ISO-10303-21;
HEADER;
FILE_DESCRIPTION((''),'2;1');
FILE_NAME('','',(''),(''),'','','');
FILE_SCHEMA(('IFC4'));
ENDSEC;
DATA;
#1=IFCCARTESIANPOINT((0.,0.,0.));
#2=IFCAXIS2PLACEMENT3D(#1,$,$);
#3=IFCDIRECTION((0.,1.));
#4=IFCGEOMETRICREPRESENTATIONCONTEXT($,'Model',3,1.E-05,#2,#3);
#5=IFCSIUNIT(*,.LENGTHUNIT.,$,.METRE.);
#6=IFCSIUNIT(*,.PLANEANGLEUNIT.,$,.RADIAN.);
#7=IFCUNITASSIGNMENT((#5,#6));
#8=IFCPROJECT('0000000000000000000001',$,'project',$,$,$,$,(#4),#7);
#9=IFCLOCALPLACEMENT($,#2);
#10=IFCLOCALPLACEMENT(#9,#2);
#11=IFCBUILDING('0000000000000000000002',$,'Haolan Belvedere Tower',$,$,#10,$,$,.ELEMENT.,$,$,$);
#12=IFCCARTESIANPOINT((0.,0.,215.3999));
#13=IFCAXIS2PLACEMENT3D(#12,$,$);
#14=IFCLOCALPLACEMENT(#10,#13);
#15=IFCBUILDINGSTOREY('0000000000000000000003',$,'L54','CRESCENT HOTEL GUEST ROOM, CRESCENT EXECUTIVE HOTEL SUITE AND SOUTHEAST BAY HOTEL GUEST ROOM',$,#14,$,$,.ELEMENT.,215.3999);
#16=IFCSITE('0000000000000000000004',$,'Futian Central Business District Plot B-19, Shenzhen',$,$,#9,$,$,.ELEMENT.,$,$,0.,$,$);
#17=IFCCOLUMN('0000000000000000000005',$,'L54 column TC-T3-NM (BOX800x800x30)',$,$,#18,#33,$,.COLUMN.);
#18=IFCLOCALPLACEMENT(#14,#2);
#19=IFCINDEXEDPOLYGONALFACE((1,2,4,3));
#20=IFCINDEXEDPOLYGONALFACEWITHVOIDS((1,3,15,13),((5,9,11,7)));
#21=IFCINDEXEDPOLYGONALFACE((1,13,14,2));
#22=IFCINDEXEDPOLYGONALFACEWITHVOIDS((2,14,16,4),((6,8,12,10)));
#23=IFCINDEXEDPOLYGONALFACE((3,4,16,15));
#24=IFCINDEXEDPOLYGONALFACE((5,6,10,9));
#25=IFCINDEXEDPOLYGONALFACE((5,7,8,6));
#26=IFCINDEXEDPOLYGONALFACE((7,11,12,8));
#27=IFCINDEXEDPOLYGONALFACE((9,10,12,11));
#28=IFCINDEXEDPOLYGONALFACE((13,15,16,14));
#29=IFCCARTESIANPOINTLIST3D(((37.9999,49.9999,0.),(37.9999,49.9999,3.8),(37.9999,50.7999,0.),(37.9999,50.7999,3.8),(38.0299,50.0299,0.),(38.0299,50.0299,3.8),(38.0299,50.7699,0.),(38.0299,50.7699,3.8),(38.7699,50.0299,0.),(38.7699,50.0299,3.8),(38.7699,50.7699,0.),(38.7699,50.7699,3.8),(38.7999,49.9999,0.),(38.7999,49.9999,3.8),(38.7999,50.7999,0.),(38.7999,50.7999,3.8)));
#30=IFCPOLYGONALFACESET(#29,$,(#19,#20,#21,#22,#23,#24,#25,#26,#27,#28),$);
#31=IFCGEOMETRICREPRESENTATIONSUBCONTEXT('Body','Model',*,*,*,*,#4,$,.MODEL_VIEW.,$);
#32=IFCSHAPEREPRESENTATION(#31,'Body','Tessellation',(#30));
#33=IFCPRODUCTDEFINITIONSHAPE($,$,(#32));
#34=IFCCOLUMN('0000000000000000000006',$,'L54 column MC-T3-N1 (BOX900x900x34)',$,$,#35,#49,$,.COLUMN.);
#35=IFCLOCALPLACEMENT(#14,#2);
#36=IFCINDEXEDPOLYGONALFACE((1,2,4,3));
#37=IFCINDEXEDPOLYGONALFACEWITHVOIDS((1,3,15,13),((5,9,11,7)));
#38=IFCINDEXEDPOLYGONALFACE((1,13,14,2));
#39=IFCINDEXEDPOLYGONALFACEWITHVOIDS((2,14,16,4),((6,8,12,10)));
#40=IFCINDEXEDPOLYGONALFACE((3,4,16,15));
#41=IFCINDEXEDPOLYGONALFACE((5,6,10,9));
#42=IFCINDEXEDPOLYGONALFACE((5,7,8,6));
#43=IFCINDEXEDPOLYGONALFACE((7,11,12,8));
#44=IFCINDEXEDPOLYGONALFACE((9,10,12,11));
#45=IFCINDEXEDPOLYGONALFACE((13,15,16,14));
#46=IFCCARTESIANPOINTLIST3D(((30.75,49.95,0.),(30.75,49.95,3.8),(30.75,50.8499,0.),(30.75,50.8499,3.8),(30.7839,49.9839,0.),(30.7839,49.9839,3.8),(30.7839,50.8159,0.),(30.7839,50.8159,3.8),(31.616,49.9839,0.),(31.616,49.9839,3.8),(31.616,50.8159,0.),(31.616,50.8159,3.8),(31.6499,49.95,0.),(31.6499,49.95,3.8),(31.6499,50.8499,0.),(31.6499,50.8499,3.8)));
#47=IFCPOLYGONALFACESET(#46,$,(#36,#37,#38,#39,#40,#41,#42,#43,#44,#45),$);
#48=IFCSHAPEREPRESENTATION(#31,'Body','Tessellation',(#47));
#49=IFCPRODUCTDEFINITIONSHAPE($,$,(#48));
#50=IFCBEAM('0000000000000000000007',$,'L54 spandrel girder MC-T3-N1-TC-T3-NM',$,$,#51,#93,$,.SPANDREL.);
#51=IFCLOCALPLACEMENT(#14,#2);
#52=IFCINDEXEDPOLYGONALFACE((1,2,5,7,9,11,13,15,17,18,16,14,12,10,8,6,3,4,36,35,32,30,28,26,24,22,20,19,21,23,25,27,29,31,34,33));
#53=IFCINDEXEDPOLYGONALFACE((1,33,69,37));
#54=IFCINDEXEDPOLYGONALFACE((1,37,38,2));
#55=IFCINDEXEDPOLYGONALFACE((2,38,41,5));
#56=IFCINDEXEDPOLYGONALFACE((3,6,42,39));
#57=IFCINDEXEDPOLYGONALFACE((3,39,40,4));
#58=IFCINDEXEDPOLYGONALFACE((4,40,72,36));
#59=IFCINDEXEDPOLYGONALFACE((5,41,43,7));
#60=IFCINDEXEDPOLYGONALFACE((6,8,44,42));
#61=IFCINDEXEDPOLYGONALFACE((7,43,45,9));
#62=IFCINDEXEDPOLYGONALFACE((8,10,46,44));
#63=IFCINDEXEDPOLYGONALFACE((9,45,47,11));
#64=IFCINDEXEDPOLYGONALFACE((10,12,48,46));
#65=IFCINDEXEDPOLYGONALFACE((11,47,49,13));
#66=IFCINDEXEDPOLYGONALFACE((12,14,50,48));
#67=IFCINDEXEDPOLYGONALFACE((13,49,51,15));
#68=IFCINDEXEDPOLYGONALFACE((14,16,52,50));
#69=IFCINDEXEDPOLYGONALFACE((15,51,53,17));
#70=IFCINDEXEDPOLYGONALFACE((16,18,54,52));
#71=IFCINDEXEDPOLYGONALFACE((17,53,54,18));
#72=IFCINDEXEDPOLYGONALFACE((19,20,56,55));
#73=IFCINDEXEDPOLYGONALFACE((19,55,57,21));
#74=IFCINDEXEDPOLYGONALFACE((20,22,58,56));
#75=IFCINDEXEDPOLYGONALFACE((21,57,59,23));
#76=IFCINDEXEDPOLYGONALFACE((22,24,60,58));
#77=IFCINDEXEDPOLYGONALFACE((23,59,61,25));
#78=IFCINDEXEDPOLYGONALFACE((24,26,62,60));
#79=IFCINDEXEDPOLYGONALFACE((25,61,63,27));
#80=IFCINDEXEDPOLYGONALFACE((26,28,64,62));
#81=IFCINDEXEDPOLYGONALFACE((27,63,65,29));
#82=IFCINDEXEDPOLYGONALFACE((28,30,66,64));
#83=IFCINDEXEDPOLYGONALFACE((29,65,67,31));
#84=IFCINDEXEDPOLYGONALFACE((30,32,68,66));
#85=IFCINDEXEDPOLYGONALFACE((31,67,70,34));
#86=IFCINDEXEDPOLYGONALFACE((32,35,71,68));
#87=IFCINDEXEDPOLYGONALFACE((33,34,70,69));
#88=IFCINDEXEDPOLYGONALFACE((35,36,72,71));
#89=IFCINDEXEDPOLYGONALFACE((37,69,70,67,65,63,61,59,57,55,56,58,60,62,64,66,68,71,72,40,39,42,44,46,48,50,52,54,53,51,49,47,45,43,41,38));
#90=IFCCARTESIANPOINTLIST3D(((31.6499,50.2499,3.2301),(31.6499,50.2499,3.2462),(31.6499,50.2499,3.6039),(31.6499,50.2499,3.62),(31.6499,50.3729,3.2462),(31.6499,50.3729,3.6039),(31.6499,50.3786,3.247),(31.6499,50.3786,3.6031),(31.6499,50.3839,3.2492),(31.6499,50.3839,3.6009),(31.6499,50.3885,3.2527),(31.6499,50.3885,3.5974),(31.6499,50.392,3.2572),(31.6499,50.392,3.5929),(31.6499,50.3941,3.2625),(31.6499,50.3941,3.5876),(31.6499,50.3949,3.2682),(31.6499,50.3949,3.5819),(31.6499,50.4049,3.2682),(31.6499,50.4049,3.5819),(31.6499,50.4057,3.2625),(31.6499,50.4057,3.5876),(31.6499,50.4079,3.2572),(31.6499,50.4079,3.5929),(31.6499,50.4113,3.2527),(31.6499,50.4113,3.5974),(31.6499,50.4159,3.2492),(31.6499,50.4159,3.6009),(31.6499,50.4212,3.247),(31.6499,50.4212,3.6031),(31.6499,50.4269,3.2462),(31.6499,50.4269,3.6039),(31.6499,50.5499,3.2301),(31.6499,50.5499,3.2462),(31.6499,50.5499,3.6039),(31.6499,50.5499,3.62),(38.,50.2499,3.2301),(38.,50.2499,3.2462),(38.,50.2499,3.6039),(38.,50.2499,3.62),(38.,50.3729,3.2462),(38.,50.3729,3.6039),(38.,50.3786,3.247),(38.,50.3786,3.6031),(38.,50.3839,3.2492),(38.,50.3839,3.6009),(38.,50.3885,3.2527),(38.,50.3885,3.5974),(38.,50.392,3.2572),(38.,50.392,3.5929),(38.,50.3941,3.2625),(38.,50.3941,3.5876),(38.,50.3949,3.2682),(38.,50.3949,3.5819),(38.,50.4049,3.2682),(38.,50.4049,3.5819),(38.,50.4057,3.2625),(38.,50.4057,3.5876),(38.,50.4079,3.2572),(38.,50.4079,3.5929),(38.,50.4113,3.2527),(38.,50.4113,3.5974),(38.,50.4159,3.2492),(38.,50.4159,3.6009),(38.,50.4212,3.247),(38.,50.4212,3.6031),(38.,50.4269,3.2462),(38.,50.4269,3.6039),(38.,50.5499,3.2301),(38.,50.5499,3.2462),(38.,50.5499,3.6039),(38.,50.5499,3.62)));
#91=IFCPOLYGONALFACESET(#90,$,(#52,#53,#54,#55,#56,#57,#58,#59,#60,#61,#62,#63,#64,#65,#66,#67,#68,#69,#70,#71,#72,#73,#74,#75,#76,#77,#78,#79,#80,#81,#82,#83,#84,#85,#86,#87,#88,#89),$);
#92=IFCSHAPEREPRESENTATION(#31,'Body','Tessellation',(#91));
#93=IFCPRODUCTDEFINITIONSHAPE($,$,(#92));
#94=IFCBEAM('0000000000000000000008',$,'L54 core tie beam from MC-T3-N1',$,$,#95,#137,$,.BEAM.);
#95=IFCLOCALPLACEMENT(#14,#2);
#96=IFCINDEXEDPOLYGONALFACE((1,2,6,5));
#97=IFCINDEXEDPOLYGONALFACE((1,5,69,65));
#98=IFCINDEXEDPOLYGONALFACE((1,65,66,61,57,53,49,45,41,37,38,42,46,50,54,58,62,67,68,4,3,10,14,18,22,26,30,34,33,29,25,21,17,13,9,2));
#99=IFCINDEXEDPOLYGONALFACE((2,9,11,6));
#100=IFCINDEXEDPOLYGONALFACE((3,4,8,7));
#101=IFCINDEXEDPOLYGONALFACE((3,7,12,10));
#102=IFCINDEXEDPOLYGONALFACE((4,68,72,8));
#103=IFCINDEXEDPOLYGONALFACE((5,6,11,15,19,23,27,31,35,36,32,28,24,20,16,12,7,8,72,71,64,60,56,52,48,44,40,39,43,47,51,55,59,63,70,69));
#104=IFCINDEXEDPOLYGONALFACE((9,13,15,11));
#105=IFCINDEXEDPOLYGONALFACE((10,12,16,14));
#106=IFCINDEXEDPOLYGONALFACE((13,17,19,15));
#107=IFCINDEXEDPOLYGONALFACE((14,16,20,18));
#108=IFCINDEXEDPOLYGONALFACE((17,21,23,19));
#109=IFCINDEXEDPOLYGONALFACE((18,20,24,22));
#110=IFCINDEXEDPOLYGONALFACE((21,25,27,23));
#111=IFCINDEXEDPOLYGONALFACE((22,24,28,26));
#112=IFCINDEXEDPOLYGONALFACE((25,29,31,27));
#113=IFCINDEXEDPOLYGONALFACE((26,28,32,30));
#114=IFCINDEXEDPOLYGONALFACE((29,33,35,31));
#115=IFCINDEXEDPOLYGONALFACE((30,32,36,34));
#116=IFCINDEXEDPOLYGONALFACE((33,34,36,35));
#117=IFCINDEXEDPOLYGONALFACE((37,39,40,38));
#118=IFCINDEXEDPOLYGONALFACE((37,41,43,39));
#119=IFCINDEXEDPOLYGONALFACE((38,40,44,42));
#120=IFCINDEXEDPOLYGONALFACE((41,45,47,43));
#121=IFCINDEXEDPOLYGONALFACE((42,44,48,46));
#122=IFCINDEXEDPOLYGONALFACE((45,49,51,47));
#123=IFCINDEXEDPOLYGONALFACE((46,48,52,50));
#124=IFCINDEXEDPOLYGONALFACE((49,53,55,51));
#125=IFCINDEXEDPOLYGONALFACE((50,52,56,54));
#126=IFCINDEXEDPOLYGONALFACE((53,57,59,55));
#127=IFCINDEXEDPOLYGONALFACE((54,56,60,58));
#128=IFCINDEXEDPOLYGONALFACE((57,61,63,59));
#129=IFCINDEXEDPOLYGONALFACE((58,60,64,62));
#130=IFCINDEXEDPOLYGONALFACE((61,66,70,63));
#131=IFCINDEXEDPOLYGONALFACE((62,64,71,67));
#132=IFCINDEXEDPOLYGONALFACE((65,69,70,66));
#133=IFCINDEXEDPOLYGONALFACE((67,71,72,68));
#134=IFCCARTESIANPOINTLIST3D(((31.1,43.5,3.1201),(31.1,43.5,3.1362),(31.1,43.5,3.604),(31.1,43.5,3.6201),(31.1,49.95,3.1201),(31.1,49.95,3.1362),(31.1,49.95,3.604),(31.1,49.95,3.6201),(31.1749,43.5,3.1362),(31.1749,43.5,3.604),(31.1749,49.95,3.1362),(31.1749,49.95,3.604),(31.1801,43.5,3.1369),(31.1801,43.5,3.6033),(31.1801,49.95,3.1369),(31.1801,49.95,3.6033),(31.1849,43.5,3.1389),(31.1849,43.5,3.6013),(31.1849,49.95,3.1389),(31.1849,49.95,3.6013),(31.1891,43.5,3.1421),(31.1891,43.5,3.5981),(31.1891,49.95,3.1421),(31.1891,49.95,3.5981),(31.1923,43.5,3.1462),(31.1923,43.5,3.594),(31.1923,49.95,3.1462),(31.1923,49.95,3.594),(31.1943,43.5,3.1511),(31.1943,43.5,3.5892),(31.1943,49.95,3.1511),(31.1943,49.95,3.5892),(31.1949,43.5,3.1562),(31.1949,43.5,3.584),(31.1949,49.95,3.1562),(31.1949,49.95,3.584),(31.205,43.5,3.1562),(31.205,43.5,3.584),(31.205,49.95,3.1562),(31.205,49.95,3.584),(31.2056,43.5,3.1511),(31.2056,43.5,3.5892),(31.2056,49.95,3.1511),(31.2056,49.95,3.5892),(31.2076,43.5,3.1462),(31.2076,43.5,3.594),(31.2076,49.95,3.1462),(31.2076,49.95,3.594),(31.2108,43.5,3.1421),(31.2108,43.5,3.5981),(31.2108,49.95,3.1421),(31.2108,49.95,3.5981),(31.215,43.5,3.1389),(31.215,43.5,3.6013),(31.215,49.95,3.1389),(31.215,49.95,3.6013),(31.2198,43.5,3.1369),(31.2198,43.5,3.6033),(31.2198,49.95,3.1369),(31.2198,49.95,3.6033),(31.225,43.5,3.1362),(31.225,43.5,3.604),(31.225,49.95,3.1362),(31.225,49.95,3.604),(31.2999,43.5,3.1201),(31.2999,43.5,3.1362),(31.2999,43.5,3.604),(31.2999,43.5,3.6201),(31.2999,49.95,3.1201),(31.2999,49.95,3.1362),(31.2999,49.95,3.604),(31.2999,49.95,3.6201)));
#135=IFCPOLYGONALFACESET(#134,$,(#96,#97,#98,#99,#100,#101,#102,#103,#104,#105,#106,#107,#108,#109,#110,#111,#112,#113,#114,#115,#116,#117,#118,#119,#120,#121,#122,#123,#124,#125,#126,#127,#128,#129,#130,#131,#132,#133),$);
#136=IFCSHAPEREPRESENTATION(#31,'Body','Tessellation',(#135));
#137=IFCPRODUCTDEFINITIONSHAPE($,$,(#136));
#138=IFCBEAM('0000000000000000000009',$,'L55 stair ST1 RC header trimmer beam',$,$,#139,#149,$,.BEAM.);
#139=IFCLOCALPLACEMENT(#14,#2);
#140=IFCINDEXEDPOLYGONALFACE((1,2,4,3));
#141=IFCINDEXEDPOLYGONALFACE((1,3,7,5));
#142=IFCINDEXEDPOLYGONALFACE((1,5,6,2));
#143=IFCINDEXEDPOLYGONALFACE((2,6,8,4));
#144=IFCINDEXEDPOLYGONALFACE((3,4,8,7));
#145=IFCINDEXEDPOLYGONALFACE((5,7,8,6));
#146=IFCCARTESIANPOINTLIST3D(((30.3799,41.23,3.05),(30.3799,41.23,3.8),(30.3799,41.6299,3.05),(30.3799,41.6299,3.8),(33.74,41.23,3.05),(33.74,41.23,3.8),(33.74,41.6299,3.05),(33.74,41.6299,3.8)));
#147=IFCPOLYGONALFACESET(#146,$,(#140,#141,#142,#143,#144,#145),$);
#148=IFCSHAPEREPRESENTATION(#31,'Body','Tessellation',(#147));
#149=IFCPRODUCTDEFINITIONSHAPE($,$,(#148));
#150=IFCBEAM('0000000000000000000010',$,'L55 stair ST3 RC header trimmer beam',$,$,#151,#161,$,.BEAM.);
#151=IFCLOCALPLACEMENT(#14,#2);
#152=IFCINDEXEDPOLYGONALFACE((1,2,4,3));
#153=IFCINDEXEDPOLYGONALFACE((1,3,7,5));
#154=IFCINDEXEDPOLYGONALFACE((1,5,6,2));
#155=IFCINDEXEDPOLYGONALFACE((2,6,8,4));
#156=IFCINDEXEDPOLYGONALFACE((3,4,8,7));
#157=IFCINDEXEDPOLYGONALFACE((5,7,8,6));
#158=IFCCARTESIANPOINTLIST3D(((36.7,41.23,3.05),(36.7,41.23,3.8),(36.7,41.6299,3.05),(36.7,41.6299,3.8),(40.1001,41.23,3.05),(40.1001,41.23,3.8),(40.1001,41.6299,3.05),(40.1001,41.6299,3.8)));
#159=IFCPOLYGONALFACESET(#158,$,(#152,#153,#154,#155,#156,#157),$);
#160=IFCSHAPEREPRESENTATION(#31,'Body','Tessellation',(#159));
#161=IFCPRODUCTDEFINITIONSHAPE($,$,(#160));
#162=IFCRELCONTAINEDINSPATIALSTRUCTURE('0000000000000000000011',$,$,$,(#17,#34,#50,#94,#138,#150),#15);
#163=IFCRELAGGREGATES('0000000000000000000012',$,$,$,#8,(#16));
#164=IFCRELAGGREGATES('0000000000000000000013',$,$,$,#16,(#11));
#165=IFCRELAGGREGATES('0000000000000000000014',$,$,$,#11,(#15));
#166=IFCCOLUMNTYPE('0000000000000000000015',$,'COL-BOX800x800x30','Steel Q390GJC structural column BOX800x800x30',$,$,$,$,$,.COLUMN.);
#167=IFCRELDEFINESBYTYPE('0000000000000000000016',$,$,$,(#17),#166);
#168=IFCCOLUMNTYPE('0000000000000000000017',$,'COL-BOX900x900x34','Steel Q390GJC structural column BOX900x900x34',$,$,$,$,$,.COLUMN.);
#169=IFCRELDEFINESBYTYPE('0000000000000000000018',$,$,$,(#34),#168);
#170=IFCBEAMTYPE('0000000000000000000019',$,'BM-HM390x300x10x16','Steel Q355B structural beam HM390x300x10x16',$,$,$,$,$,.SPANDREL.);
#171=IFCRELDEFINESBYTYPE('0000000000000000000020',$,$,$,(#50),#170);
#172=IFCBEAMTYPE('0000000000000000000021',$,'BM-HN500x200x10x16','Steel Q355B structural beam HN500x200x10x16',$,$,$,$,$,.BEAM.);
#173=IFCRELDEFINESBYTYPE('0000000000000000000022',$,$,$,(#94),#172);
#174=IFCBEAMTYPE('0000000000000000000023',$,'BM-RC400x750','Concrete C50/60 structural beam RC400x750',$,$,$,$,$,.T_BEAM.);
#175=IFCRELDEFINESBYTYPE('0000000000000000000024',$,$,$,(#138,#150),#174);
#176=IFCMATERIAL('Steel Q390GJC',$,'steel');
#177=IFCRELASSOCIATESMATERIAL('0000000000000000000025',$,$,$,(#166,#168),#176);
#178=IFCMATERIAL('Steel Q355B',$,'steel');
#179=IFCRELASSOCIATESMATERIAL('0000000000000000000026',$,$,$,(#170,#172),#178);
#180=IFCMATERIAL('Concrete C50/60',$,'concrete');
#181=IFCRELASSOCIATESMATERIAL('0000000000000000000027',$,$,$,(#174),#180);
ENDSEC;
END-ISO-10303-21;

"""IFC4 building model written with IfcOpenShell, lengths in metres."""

from ifc_helpers import new_model, si_unit, direction, frame, origin, origin_2d, place, context, subcontext, project, spatial, rectangle, hollow_rectangle, i_section, extrude, material, material_profile, profile_set, type_object, element, save


model = new_model("IFC4")

# Units and contexts
model_context = context("Model", 3, precision=1e-05, world=origin(), true_north=direction((0.0, 1.0)))
body_context = subcontext(model_context, "Body", "Model", "MODEL_VIEW")
ifc_project = project(units=[si_unit("LENGTHUNIT", "METRE"), si_unit("PLANEANGLEUNIT", "RADIAN")], contexts=[model_context])

# Site, building, storey
site_placement = place(None, origin())
site = spatial("IfcSite", under=ifc_project, at=site_placement, Name="Futian Central Business District Plot B-19, Shenzhen", CompositionType="ELEMENT", RefElevation=0.0)
building_placement = place(site_placement, origin())
building = spatial("IfcBuilding", under=site, at=building_placement, Name="Haolan Belvedere Tower", CompositionType="ELEMENT")
storey_placement = place(building_placement, frame((0.0, 0.0, 215.3999)))
storey = spatial("IfcBuildingStorey", under=building, at=storey_placement, Name="L54", Description="CRESCENT HOTEL GUEST ROOM, CRESCENT EXECUTIVE HOTEL SUITE AND SOUTHEAST BAY HOTEL GUEST ROOM", CompositionType="ELEMENT", Elevation=215.3999)

# Columns
ifc_material_1 = material(Name="Steel Q390GJC", Category="steel")
ifc_material_profile_1 = material_profile(ifc_material_1, hollow_rectangle(XDim=0.8, YDim=0.8, WallThickness=0.03, at=origin_2d()), Name="Steel Q390GJC")
ifc_profile_set_1 = profile_set([ifc_material_profile_1], Name="Steel Q390GJC")
column_type_1 = type_object("IfcColumnType", Name="COL-BOX800x800x30", Description="Steel Q390GJC structural column BOX800x800x30", PredefinedType="COLUMN", material=ifc_profile_set_1)
column_1_placement = place(storey_placement, frame((38.3999, 50.3999, 0.0), z_axis=(0.0, 0.0, 1.0), x_axis=(1.0, 0.0, 0.0)))
element("IfcColumn", 1, at=column_1_placement, inside=storey, type_object=column_type_1, Name="L54 column TC-T3-NM (BOX800x800x30)", PredefinedType="COLUMN", context=body_context, shape_type="SweptSolid", body=[
    extrude(hollow_rectangle(XDim=0.8, YDim=0.8, WallThickness=0.03, at=origin_2d()), origin(), (0.0, 0.0, 1.0), 3.8),
])
ifc_material_profile_2 = material_profile(ifc_material_1, hollow_rectangle(XDim=0.8999, YDim=0.8999, WallThickness=0.0339, at=origin_2d()), Name="Steel Q390GJC")
ifc_profile_set_2 = profile_set([ifc_material_profile_2], Name="Steel Q390GJC")
column_type_2 = type_object("IfcColumnType", Name="COL-BOX900x900x34", Description="Steel Q390GJC structural column BOX900x900x34", PredefinedType="COLUMN", material=ifc_profile_set_2)
column_2_placement = place(storey_placement, frame((31.2, 50.3999, 0.0), z_axis=(0.0, 0.0, 1.0), x_axis=(1.0, 0.0, 0.0)))
element("IfcColumn", 2, at=column_2_placement, inside=storey, type_object=column_type_2, Name="L54 column MC-T3-N1 (BOX900x900x34)", PredefinedType="COLUMN", context=body_context, shape_type="SweptSolid", body=[
    extrude(hollow_rectangle(XDim=0.8999, YDim=0.8999, WallThickness=0.0339, at=origin_2d()), origin(), (0.0, 0.0, 1.0), 3.8),
])

# Beams
ifc_material_2 = material(Name="Steel Q355B", Category="steel")
ifc_material_profile_3 = material_profile(ifc_material_2, i_section(OverallWidth=0.3, OverallDepth=0.3899, WebThickness=0.01, FlangeThickness=0.0161, FilletRadius=0.022, at=origin_2d()), Name="Steel Q355B")
ifc_profile_set_3 = profile_set([ifc_material_profile_3], Name="Steel Q355B")
beam_type_1 = type_object("IfcBeamType", Name="BM-HM390x300x10x16", Description="Steel Q355B structural beam HM390x300x10x16", PredefinedType="SPANDREL", material=ifc_profile_set_3)
beam_1_placement = place(storey_placement, frame((31.6499, 50.3999, 3.425), z_axis=(1.0, 0.0, 0.0), x_axis=(0.0, 1.0, 0.0)))
element("IfcBeam", 3, at=beam_1_placement, inside=storey, type_object=beam_type_1, Name="L54 spandrel girder MC-T3-N1-TC-T3-NM", PredefinedType="SPANDREL", context=body_context, shape_type="SweptSolid", body=[
    extrude(i_section(OverallWidth=0.3, OverallDepth=0.3899, WebThickness=0.01, FlangeThickness=0.0161, FilletRadius=0.022, at=origin_2d()), origin(), (0.0, 0.0, 1.0), 6.3501),
])
ifc_material_profile_4 = material_profile(ifc_material_2, i_section(OverallWidth=0.2, OverallDepth=0.5, WebThickness=0.01, FlangeThickness=0.0161, FilletRadius=0.02, at=origin_2d()), Name="Steel Q355B")
ifc_profile_set_4 = profile_set([ifc_material_profile_4], Name="Steel Q355B")
beam_type_2 = type_object("IfcBeamType", Name="BM-HN500x200x10x16", Description="Steel Q355B structural beam HN500x200x10x16", PredefinedType="BEAM", material=ifc_profile_set_4)
beam_2_placement = place(storey_placement, frame((31.2, 49.95, 3.3701), z_axis=(0.0, -1.0, 0.0), x_axis=(1.0, 0.0, 0.0)))
element("IfcBeam", 4, at=beam_2_placement, inside=storey, type_object=beam_type_2, Name="L54 core tie beam from MC-T3-N1", PredefinedType="BEAM", context=body_context, shape_type="SweptSolid", body=[
    extrude(i_section(OverallWidth=0.2, OverallDepth=0.5, WebThickness=0.01, FlangeThickness=0.0161, FilletRadius=0.02, at=origin_2d()), origin(), (0.0, 0.0, 1.0), 6.45),
])
ifc_material_3 = material(Name="Concrete C50/60", Category="concrete")
ifc_material_profile_5 = material_profile(ifc_material_3, rectangle(XDim=0.3999, YDim=0.75, at=origin_2d()), Name="Concrete C50/60")
ifc_profile_set_5 = profile_set([ifc_material_profile_5], Name="Concrete C50/60")
beam_type_3 = type_object("IfcBeamType", Name="BM-RC400x750", Description="Concrete C50/60 structural beam RC400x750", PredefinedType="T_BEAM", material=ifc_profile_set_5)
beam_3_placement = place(storey_placement, frame((30.3799, 41.4299, 3.425), z_axis=(1.0, 0.0, 0.0), x_axis=(0.0, 1.0, 0.0)))
element("IfcBeam", 5, at=beam_3_placement, inside=storey, type_object=beam_type_3, Name="L55 stair ST1 RC header trimmer beam", PredefinedType="BEAM", context=body_context, shape_type="SweptSolid", body=[
    extrude(rectangle(XDim=0.3999, YDim=0.75, at=origin_2d()), origin(), (0.0, 0.0, 1.0), 3.3601),
])
beam_4_placement = place(storey_placement, frame((36.7, 41.4299, 3.425), z_axis=(1.0, 0.0, 0.0), x_axis=(0.0, 1.0, 0.0)))
element("IfcBeam", 6, at=beam_4_placement, inside=storey, type_object=beam_type_3, Name="L55 stair ST3 RC header trimmer beam", PredefinedType="BEAM", context=body_context, shape_type="SweptSolid", body=[
    extrude(rectangle(XDim=0.3999, YDim=0.75, at=origin_2d()), origin(), (0.0, 0.0, 1.0), 3.4001),
])

save(model, "model.ifc")
